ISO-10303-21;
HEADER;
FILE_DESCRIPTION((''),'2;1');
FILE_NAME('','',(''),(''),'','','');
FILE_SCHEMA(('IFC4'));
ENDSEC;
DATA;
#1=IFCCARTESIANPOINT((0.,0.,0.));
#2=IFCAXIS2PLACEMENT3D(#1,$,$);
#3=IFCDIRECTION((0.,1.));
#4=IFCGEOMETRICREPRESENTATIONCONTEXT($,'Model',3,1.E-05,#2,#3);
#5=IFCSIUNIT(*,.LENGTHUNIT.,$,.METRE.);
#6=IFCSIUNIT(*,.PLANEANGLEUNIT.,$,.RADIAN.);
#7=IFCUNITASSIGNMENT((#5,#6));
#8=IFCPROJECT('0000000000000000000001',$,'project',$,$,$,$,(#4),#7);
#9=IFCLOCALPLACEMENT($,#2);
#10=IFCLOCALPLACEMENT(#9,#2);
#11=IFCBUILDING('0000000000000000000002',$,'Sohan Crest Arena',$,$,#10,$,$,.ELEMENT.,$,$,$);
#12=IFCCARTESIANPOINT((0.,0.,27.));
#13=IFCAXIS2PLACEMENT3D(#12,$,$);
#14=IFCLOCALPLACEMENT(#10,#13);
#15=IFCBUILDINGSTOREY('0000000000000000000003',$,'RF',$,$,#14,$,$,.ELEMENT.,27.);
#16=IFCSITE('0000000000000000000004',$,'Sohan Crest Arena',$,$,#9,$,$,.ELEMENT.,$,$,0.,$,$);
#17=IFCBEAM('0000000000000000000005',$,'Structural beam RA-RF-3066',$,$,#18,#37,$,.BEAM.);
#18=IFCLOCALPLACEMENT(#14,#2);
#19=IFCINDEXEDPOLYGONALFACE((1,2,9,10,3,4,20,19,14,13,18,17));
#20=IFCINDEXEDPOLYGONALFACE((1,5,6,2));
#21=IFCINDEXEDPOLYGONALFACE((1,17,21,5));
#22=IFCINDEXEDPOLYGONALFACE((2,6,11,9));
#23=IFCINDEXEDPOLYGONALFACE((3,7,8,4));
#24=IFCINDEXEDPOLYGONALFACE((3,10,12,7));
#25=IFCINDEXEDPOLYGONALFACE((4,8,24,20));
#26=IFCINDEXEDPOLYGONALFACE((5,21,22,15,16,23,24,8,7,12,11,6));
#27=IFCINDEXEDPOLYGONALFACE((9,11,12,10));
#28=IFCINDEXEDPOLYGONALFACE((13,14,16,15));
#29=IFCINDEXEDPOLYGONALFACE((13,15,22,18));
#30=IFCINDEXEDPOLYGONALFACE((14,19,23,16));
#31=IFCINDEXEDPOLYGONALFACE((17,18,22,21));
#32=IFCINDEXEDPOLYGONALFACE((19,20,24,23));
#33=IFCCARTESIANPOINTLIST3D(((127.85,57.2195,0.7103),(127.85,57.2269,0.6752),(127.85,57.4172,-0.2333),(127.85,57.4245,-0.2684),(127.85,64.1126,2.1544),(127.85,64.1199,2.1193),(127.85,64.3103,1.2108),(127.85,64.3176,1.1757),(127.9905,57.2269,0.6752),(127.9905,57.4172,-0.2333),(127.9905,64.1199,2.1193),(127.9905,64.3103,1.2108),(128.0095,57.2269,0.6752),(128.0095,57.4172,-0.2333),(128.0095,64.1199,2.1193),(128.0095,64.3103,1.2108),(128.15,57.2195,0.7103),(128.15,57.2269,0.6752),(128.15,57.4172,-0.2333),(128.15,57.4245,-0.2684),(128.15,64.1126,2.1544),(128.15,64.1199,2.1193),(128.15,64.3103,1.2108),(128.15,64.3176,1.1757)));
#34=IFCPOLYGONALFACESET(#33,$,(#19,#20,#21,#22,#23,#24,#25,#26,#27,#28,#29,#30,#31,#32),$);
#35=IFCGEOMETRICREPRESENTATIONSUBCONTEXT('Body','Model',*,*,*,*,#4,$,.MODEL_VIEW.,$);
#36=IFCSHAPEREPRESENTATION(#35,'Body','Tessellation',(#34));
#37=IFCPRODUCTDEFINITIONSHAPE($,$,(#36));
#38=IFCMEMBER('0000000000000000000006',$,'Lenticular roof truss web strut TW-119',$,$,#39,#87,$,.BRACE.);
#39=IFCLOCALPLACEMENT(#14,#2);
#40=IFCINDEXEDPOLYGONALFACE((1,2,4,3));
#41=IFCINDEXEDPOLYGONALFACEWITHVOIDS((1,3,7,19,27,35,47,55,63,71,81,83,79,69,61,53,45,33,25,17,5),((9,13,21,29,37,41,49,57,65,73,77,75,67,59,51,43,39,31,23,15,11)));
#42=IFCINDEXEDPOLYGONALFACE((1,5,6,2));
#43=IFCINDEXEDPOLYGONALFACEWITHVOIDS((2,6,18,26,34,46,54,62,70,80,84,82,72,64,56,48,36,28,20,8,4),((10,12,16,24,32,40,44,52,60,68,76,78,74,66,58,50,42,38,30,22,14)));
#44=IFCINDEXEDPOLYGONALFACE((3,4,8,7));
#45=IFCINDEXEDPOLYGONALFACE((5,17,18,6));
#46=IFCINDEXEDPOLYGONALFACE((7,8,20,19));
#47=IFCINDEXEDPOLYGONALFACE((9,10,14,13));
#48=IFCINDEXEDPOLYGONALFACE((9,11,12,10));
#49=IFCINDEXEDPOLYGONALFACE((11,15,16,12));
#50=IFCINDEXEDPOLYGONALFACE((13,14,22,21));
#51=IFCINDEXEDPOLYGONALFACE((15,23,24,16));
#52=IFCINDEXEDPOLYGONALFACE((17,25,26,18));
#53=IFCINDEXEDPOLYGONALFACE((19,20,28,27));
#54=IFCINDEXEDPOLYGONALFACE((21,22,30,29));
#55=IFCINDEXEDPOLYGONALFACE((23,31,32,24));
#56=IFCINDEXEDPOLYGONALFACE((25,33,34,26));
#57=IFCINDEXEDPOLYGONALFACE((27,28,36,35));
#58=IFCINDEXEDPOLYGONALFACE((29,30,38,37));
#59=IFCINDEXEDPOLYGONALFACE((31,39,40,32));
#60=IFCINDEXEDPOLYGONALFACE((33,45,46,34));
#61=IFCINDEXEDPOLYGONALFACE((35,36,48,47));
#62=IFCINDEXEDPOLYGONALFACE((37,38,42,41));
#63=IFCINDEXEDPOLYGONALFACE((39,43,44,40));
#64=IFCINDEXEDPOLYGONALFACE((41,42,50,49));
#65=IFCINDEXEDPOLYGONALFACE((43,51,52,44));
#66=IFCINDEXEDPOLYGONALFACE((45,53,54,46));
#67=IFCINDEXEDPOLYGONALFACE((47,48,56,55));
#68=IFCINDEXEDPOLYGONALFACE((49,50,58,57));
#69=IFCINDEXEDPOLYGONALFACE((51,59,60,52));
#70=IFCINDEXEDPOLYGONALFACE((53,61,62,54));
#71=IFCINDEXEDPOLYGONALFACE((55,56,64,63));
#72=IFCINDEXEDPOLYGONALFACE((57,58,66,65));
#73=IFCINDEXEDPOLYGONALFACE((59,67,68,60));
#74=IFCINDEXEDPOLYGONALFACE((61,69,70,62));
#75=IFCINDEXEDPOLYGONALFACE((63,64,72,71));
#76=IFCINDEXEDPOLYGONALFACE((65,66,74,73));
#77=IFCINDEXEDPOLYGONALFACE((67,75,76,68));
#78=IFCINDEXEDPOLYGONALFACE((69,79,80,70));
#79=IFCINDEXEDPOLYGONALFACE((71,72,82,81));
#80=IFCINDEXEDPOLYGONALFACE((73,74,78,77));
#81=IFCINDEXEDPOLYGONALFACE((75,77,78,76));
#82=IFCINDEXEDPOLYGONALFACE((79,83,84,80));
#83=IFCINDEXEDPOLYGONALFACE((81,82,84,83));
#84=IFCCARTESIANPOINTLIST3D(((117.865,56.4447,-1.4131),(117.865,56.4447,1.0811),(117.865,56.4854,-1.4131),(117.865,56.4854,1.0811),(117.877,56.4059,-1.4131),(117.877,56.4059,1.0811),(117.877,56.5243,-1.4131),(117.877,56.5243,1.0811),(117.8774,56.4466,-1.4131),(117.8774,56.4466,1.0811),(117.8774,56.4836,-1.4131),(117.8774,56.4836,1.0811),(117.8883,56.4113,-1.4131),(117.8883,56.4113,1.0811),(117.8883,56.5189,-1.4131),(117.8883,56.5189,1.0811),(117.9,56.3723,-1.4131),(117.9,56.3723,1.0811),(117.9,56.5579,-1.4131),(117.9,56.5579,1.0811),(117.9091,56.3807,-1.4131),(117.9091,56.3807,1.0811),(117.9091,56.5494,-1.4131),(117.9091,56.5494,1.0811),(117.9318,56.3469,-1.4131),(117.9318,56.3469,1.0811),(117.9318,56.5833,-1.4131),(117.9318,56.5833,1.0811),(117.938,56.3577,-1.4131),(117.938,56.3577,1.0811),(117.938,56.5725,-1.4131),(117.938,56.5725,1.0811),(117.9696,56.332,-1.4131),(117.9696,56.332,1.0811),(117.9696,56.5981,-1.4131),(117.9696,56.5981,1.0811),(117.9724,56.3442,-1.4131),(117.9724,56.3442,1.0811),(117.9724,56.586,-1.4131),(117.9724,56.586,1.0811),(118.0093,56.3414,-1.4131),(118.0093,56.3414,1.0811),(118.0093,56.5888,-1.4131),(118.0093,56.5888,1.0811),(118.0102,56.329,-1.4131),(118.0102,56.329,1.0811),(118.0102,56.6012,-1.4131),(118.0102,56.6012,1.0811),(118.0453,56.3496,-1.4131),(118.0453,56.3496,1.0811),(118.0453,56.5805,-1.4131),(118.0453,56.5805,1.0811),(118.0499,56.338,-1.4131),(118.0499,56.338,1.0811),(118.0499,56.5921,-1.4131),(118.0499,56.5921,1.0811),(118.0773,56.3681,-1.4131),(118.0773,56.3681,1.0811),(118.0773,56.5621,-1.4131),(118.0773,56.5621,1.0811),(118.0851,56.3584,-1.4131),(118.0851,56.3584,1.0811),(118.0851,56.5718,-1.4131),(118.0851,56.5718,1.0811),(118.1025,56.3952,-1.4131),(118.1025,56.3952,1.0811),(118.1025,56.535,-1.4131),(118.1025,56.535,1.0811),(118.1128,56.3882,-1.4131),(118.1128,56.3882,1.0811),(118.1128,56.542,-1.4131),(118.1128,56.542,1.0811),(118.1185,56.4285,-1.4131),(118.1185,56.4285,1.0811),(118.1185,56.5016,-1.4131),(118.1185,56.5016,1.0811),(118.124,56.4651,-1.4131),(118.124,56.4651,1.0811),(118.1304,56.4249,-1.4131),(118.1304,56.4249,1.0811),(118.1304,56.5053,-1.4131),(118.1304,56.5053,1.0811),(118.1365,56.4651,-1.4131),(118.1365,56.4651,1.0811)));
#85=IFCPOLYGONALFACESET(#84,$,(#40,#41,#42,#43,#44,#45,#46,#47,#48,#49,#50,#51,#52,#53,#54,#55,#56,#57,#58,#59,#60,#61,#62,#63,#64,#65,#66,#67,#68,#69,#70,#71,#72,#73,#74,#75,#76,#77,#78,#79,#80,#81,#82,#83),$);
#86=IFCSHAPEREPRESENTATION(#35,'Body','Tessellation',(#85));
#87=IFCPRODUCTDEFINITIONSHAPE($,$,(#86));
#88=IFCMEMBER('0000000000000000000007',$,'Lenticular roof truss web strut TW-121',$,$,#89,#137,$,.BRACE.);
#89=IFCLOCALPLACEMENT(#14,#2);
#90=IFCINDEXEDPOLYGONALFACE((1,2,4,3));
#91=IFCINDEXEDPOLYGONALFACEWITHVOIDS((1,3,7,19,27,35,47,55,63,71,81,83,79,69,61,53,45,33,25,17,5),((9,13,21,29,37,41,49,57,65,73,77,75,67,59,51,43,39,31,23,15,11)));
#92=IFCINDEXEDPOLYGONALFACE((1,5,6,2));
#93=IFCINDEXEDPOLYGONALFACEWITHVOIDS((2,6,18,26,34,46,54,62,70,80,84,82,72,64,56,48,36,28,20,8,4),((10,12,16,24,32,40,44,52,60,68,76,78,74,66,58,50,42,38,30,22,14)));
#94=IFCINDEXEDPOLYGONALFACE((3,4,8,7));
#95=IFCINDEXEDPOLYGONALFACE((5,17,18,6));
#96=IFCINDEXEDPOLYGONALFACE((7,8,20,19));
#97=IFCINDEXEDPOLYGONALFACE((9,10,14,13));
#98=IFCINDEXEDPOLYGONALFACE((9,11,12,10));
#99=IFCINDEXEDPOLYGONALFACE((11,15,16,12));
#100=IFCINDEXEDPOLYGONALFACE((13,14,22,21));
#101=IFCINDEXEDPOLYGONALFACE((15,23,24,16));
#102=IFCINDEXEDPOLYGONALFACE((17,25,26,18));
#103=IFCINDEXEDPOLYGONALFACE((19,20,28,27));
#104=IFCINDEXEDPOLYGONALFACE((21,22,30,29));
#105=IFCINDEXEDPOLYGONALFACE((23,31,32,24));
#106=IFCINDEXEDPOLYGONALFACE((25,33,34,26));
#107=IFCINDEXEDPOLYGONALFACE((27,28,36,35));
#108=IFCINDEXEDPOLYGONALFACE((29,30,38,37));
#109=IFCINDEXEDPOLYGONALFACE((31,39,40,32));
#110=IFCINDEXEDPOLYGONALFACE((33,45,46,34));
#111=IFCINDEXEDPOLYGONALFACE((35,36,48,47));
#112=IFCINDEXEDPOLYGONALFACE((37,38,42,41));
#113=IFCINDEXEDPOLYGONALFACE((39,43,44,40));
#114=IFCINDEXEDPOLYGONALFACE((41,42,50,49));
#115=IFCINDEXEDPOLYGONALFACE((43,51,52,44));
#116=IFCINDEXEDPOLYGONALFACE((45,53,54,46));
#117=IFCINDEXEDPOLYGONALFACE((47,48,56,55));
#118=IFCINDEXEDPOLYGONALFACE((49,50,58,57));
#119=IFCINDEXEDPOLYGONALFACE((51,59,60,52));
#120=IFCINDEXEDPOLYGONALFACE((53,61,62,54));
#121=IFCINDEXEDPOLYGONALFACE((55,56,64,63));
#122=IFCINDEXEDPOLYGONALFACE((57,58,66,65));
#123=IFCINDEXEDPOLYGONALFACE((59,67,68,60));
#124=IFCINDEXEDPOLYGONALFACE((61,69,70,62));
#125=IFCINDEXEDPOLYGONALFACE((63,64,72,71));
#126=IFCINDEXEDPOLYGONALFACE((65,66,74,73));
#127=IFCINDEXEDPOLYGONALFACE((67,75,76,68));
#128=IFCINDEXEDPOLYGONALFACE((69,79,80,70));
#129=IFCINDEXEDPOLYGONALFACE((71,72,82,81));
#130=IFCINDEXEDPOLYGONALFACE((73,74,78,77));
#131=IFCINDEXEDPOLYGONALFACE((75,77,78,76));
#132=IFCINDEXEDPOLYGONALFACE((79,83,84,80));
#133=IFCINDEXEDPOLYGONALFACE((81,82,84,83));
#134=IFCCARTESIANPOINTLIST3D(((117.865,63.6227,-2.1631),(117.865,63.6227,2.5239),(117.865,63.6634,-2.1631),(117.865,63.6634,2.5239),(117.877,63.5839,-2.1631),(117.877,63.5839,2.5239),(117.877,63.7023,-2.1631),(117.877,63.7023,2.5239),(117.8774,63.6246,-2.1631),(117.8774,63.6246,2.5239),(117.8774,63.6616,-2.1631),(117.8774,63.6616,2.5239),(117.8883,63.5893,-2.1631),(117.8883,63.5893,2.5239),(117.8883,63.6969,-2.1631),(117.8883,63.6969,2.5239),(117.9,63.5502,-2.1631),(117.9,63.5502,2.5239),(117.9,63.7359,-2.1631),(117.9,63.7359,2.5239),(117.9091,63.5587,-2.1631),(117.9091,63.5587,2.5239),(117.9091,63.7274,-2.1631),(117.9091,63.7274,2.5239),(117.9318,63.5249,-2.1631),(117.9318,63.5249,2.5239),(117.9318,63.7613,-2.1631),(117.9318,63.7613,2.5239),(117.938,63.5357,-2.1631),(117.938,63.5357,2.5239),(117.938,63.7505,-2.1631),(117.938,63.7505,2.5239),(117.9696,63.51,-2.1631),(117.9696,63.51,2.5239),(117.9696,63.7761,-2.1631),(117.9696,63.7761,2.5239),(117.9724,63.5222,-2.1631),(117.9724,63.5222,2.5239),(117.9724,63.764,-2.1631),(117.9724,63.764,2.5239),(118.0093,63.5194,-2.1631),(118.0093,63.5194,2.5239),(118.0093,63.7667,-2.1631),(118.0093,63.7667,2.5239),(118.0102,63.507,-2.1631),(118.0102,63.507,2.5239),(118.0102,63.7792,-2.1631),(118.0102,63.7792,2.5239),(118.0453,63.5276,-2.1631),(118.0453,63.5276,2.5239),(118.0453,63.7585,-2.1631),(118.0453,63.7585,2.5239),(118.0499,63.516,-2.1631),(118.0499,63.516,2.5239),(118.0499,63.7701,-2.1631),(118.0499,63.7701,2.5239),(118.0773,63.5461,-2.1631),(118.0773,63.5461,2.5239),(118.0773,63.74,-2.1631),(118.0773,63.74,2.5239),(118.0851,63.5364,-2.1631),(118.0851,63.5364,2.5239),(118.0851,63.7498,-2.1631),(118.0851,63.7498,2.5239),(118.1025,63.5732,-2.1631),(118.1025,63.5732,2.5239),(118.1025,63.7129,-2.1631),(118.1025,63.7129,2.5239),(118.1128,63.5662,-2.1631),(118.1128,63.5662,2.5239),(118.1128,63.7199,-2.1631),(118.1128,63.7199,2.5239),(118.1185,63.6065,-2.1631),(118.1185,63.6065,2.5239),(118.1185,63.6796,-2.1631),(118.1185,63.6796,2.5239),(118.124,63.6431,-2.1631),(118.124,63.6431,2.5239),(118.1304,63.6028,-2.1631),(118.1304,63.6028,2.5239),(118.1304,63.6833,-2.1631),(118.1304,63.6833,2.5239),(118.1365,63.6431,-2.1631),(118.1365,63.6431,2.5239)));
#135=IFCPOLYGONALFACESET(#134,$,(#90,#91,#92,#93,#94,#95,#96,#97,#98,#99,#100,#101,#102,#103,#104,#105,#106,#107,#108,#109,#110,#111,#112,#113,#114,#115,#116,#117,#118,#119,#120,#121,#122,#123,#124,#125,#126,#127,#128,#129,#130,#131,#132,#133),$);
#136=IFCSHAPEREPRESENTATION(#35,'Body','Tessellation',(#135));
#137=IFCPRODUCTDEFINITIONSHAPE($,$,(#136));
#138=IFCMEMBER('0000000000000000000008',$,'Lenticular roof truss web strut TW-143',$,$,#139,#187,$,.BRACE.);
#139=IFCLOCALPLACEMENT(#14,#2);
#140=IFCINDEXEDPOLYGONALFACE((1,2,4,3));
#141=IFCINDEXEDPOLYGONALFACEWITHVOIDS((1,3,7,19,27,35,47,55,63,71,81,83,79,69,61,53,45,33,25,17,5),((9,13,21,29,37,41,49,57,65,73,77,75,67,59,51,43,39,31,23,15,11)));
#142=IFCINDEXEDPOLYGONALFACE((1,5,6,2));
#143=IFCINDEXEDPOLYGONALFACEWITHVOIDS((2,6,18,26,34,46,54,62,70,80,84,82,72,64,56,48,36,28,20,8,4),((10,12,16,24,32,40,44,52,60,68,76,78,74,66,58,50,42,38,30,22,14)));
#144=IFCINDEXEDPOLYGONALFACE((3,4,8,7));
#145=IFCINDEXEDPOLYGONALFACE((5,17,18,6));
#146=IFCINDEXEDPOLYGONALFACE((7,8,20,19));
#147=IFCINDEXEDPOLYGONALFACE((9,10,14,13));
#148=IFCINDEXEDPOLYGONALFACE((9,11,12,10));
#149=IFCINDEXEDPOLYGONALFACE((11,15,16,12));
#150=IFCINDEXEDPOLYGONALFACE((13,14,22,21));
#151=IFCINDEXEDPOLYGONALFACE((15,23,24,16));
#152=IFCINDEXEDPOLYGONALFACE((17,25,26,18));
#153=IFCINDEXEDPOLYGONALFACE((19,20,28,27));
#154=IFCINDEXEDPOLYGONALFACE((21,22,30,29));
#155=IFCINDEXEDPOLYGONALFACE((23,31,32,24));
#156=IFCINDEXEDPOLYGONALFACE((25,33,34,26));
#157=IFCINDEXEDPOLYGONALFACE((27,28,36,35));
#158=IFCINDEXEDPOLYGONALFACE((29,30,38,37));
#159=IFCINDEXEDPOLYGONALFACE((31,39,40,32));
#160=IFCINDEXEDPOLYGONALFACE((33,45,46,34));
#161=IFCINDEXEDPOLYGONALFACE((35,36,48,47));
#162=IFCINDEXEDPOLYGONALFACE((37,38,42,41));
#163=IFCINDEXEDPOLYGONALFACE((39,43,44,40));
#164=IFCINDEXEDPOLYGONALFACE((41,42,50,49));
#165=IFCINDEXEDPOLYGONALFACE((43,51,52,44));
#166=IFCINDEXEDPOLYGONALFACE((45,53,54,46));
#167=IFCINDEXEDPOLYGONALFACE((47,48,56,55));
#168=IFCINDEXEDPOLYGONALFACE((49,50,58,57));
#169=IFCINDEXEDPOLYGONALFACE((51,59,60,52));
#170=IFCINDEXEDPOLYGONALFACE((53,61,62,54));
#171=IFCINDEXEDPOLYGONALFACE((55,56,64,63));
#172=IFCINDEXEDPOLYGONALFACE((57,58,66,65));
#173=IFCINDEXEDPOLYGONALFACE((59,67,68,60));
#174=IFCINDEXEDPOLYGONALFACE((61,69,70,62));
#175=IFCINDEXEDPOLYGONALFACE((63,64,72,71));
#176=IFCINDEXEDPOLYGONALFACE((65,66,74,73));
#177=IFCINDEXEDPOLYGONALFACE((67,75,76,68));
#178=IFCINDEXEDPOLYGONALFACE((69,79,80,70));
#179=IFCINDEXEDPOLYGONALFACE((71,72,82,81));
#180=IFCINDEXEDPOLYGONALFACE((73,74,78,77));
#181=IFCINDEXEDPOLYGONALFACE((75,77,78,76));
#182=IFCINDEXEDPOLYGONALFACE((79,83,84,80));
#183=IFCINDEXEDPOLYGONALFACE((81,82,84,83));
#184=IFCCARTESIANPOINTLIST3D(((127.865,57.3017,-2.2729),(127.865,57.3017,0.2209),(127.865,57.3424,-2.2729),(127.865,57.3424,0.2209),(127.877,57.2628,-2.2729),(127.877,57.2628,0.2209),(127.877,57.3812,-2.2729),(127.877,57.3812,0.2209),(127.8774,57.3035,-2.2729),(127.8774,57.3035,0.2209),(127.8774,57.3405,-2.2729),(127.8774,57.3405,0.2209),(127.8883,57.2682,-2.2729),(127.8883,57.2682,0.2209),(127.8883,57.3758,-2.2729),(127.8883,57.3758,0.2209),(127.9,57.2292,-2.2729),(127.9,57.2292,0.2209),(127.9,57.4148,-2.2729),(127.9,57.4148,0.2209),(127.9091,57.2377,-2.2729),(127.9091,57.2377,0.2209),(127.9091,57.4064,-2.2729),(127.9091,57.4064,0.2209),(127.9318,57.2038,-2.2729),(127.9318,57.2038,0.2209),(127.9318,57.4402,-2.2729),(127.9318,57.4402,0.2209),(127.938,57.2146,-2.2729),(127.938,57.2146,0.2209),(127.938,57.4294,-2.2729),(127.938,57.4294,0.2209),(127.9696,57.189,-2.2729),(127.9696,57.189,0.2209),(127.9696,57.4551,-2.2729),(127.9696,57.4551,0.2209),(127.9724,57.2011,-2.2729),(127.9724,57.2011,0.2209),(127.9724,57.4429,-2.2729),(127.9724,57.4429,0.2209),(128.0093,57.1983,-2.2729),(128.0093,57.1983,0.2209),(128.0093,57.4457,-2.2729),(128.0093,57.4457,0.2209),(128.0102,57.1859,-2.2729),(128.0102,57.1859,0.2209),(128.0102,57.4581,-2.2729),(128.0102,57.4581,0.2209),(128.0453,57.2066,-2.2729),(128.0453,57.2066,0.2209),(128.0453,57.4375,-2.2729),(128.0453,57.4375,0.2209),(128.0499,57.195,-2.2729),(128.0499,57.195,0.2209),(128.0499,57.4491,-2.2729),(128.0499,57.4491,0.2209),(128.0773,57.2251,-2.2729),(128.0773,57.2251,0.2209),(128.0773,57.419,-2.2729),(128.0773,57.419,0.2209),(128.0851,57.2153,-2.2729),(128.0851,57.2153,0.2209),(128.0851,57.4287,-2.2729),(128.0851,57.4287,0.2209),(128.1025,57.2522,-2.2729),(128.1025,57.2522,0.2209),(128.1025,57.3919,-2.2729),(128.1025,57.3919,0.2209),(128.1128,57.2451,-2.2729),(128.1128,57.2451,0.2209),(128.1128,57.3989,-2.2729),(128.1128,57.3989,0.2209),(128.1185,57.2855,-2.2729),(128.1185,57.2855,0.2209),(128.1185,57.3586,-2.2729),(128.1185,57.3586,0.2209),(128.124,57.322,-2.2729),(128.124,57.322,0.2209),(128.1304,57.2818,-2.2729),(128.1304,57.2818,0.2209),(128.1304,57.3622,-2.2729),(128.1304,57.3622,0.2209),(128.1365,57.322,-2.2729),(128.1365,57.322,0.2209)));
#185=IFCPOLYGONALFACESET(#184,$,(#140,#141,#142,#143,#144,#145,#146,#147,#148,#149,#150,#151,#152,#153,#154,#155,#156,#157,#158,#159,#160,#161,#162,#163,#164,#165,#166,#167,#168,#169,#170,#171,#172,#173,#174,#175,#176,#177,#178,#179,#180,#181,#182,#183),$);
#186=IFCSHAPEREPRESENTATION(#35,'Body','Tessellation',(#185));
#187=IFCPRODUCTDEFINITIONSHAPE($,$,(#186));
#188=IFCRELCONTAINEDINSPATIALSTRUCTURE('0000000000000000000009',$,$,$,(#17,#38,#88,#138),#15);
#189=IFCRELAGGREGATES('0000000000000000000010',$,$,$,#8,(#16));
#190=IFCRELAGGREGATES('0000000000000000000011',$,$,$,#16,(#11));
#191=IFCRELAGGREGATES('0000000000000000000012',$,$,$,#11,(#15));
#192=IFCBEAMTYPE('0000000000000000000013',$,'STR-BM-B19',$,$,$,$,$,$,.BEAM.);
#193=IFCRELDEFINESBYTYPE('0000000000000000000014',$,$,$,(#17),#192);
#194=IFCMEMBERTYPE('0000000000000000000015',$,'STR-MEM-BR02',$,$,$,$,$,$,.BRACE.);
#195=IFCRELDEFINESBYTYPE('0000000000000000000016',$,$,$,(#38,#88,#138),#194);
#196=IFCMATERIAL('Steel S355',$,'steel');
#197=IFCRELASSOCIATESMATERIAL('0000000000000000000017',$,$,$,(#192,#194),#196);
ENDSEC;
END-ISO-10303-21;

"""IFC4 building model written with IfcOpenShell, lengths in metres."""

from ifc_helpers import new_model, si_unit, direction, frame, origin, origin_2d, place, context, subcontext, project, spatial, hollow_circle, i_section, extrude, material, material_profile, profile_set, type_object, element, save


model = new_model("IFC4")

# Units and contexts
model_context = context("Model", 3, precision=1e-05, world=origin(), true_north=direction((0.0, 1.0)))
body_context = subcontext(model_context, "Body", "Model", "MODEL_VIEW")
ifc_project = project(units=[si_unit("LENGTHUNIT", "METRE"), si_unit("PLANEANGLEUNIT", "RADIAN")], contexts=[model_context])

# Site, building, storey
site_placement = place(None, origin())
site = spatial("IfcSite", under=ifc_project, at=site_placement, Name="Sohan Crest Arena", CompositionType="ELEMENT", RefElevation=0.0)
building_placement = place(site_placement, origin())
building = spatial("IfcBuilding", under=site, at=building_placement, Name="Sohan Crest Arena", CompositionType="ELEMENT")
storey_placement = place(building_placement, frame((0.0, 0.0, 27.0)))
storey = spatial("IfcBuildingStorey", under=building, at=storey_placement, Name="RF", CompositionType="ELEMENT", Elevation=27.0)

# Beam
ifc_material_1 = material(Name="Steel S355", Category="steel")
ifc_material_profile_1 = material_profile(ifc_material_1, i_section(OverallWidth=0.3, OverallDepth=1.0, WebThickness=0.019, FlangeThickness=0.0359, at=origin_2d()), Name="HEB 1000")
ifc_profile_set_1 = profile_set([ifc_material_profile_1], Name="Steel S355")
beam_type_1 = type_object("IfcBeamType", Name="STR-BM-B19", PredefinedType="BEAM", material=ifc_profile_set_1)
for number, where, z_axis, x_axis, name in (
    (1, (128.0, 57.322, 0.2209), (0.0, 0.978752, 0.205048), (-1.0, 0.0, 0.0), "Structural beam RA-RF-3066"),
):
    element("IfcBeam", number, at=place(storey_placement, frame(where, z_axis=z_axis, x_axis=x_axis)), inside=storey, type_object=beam_type_1, Name=name, PredefinedType="BEAM", context=body_context, shape_type="SweptSolid", body=[
        extrude(i_section(OverallWidth=0.3, OverallDepth=1.0, WebThickness=0.019, FlangeThickness=0.0359, at=origin_2d()), origin(), (0.0, 0.0, 1.0), 7.0427),
    ])

# Members
ifc_material_profile_2 = material_profile(ifc_material_1, hollow_circle(Radius=0.1365, WallThickness=0.0125, at=origin_2d()), Name="CHS 273x12.5")
ifc_profile_set_2 = profile_set([ifc_material_profile_2], Name="Steel S355")
member_type_1 = type_object("IfcMemberType", Name="STR-MEM-BR02", PredefinedType="BRACE", material=ifc_profile_set_2)
member_1_placement = place(storey_placement, frame((118.0, 56.4651, -1.4131), z_axis=(0.0, 0.0, 1.0), x_axis=(1.0, 0.0, 0.0)))
element("IfcMember", 2, at=member_1_placement, inside=storey, type_object=member_type_1, Name="Lenticular roof truss web strut TW-119", PredefinedType="BRACE", context=body_context, shape_type="SweptSolid", body=[
    extrude(hollow_circle(Radius=0.1365, WallThickness=0.0125, at=origin_2d()), origin(), (0.0, 0.0, 1.0), 2.4941),
])
member_2_placement = place(storey_placement, frame((118.0, 63.6431, -2.1631), z_axis=(0.0, 0.0, 1.0), x_axis=(1.0, 0.0, 0.0)))
element("IfcMember", 3, at=member_2_placement, inside=storey, type_object=member_type_1, Name="Lenticular roof truss web strut TW-121", PredefinedType="BRACE", context=body_context, shape_type="SweptSolid", body=[
    extrude(hollow_circle(Radius=0.1365, WallThickness=0.0125, at=origin_2d()), origin(), (0.0, 0.0, 1.0), 4.687),
])
member_3_placement = place(storey_placement, frame((128.0, 57.322, -2.2729), z_axis=(0.0, 0.0, 1.0), x_axis=(1.0, 0.0, 0.0)))
element("IfcMember", 4, at=member_3_placement, inside=storey, type_object=member_type_1, Name="Lenticular roof truss web strut TW-143", PredefinedType="BRACE", context=body_context, shape_type="SweptSolid", body=[
    extrude(hollow_circle(Radius=0.1365, WallThickness=0.0125, at=origin_2d()), origin(), (0.0, 0.0, 1.0), 2.4939),
])

save(model, "model.ifc")
